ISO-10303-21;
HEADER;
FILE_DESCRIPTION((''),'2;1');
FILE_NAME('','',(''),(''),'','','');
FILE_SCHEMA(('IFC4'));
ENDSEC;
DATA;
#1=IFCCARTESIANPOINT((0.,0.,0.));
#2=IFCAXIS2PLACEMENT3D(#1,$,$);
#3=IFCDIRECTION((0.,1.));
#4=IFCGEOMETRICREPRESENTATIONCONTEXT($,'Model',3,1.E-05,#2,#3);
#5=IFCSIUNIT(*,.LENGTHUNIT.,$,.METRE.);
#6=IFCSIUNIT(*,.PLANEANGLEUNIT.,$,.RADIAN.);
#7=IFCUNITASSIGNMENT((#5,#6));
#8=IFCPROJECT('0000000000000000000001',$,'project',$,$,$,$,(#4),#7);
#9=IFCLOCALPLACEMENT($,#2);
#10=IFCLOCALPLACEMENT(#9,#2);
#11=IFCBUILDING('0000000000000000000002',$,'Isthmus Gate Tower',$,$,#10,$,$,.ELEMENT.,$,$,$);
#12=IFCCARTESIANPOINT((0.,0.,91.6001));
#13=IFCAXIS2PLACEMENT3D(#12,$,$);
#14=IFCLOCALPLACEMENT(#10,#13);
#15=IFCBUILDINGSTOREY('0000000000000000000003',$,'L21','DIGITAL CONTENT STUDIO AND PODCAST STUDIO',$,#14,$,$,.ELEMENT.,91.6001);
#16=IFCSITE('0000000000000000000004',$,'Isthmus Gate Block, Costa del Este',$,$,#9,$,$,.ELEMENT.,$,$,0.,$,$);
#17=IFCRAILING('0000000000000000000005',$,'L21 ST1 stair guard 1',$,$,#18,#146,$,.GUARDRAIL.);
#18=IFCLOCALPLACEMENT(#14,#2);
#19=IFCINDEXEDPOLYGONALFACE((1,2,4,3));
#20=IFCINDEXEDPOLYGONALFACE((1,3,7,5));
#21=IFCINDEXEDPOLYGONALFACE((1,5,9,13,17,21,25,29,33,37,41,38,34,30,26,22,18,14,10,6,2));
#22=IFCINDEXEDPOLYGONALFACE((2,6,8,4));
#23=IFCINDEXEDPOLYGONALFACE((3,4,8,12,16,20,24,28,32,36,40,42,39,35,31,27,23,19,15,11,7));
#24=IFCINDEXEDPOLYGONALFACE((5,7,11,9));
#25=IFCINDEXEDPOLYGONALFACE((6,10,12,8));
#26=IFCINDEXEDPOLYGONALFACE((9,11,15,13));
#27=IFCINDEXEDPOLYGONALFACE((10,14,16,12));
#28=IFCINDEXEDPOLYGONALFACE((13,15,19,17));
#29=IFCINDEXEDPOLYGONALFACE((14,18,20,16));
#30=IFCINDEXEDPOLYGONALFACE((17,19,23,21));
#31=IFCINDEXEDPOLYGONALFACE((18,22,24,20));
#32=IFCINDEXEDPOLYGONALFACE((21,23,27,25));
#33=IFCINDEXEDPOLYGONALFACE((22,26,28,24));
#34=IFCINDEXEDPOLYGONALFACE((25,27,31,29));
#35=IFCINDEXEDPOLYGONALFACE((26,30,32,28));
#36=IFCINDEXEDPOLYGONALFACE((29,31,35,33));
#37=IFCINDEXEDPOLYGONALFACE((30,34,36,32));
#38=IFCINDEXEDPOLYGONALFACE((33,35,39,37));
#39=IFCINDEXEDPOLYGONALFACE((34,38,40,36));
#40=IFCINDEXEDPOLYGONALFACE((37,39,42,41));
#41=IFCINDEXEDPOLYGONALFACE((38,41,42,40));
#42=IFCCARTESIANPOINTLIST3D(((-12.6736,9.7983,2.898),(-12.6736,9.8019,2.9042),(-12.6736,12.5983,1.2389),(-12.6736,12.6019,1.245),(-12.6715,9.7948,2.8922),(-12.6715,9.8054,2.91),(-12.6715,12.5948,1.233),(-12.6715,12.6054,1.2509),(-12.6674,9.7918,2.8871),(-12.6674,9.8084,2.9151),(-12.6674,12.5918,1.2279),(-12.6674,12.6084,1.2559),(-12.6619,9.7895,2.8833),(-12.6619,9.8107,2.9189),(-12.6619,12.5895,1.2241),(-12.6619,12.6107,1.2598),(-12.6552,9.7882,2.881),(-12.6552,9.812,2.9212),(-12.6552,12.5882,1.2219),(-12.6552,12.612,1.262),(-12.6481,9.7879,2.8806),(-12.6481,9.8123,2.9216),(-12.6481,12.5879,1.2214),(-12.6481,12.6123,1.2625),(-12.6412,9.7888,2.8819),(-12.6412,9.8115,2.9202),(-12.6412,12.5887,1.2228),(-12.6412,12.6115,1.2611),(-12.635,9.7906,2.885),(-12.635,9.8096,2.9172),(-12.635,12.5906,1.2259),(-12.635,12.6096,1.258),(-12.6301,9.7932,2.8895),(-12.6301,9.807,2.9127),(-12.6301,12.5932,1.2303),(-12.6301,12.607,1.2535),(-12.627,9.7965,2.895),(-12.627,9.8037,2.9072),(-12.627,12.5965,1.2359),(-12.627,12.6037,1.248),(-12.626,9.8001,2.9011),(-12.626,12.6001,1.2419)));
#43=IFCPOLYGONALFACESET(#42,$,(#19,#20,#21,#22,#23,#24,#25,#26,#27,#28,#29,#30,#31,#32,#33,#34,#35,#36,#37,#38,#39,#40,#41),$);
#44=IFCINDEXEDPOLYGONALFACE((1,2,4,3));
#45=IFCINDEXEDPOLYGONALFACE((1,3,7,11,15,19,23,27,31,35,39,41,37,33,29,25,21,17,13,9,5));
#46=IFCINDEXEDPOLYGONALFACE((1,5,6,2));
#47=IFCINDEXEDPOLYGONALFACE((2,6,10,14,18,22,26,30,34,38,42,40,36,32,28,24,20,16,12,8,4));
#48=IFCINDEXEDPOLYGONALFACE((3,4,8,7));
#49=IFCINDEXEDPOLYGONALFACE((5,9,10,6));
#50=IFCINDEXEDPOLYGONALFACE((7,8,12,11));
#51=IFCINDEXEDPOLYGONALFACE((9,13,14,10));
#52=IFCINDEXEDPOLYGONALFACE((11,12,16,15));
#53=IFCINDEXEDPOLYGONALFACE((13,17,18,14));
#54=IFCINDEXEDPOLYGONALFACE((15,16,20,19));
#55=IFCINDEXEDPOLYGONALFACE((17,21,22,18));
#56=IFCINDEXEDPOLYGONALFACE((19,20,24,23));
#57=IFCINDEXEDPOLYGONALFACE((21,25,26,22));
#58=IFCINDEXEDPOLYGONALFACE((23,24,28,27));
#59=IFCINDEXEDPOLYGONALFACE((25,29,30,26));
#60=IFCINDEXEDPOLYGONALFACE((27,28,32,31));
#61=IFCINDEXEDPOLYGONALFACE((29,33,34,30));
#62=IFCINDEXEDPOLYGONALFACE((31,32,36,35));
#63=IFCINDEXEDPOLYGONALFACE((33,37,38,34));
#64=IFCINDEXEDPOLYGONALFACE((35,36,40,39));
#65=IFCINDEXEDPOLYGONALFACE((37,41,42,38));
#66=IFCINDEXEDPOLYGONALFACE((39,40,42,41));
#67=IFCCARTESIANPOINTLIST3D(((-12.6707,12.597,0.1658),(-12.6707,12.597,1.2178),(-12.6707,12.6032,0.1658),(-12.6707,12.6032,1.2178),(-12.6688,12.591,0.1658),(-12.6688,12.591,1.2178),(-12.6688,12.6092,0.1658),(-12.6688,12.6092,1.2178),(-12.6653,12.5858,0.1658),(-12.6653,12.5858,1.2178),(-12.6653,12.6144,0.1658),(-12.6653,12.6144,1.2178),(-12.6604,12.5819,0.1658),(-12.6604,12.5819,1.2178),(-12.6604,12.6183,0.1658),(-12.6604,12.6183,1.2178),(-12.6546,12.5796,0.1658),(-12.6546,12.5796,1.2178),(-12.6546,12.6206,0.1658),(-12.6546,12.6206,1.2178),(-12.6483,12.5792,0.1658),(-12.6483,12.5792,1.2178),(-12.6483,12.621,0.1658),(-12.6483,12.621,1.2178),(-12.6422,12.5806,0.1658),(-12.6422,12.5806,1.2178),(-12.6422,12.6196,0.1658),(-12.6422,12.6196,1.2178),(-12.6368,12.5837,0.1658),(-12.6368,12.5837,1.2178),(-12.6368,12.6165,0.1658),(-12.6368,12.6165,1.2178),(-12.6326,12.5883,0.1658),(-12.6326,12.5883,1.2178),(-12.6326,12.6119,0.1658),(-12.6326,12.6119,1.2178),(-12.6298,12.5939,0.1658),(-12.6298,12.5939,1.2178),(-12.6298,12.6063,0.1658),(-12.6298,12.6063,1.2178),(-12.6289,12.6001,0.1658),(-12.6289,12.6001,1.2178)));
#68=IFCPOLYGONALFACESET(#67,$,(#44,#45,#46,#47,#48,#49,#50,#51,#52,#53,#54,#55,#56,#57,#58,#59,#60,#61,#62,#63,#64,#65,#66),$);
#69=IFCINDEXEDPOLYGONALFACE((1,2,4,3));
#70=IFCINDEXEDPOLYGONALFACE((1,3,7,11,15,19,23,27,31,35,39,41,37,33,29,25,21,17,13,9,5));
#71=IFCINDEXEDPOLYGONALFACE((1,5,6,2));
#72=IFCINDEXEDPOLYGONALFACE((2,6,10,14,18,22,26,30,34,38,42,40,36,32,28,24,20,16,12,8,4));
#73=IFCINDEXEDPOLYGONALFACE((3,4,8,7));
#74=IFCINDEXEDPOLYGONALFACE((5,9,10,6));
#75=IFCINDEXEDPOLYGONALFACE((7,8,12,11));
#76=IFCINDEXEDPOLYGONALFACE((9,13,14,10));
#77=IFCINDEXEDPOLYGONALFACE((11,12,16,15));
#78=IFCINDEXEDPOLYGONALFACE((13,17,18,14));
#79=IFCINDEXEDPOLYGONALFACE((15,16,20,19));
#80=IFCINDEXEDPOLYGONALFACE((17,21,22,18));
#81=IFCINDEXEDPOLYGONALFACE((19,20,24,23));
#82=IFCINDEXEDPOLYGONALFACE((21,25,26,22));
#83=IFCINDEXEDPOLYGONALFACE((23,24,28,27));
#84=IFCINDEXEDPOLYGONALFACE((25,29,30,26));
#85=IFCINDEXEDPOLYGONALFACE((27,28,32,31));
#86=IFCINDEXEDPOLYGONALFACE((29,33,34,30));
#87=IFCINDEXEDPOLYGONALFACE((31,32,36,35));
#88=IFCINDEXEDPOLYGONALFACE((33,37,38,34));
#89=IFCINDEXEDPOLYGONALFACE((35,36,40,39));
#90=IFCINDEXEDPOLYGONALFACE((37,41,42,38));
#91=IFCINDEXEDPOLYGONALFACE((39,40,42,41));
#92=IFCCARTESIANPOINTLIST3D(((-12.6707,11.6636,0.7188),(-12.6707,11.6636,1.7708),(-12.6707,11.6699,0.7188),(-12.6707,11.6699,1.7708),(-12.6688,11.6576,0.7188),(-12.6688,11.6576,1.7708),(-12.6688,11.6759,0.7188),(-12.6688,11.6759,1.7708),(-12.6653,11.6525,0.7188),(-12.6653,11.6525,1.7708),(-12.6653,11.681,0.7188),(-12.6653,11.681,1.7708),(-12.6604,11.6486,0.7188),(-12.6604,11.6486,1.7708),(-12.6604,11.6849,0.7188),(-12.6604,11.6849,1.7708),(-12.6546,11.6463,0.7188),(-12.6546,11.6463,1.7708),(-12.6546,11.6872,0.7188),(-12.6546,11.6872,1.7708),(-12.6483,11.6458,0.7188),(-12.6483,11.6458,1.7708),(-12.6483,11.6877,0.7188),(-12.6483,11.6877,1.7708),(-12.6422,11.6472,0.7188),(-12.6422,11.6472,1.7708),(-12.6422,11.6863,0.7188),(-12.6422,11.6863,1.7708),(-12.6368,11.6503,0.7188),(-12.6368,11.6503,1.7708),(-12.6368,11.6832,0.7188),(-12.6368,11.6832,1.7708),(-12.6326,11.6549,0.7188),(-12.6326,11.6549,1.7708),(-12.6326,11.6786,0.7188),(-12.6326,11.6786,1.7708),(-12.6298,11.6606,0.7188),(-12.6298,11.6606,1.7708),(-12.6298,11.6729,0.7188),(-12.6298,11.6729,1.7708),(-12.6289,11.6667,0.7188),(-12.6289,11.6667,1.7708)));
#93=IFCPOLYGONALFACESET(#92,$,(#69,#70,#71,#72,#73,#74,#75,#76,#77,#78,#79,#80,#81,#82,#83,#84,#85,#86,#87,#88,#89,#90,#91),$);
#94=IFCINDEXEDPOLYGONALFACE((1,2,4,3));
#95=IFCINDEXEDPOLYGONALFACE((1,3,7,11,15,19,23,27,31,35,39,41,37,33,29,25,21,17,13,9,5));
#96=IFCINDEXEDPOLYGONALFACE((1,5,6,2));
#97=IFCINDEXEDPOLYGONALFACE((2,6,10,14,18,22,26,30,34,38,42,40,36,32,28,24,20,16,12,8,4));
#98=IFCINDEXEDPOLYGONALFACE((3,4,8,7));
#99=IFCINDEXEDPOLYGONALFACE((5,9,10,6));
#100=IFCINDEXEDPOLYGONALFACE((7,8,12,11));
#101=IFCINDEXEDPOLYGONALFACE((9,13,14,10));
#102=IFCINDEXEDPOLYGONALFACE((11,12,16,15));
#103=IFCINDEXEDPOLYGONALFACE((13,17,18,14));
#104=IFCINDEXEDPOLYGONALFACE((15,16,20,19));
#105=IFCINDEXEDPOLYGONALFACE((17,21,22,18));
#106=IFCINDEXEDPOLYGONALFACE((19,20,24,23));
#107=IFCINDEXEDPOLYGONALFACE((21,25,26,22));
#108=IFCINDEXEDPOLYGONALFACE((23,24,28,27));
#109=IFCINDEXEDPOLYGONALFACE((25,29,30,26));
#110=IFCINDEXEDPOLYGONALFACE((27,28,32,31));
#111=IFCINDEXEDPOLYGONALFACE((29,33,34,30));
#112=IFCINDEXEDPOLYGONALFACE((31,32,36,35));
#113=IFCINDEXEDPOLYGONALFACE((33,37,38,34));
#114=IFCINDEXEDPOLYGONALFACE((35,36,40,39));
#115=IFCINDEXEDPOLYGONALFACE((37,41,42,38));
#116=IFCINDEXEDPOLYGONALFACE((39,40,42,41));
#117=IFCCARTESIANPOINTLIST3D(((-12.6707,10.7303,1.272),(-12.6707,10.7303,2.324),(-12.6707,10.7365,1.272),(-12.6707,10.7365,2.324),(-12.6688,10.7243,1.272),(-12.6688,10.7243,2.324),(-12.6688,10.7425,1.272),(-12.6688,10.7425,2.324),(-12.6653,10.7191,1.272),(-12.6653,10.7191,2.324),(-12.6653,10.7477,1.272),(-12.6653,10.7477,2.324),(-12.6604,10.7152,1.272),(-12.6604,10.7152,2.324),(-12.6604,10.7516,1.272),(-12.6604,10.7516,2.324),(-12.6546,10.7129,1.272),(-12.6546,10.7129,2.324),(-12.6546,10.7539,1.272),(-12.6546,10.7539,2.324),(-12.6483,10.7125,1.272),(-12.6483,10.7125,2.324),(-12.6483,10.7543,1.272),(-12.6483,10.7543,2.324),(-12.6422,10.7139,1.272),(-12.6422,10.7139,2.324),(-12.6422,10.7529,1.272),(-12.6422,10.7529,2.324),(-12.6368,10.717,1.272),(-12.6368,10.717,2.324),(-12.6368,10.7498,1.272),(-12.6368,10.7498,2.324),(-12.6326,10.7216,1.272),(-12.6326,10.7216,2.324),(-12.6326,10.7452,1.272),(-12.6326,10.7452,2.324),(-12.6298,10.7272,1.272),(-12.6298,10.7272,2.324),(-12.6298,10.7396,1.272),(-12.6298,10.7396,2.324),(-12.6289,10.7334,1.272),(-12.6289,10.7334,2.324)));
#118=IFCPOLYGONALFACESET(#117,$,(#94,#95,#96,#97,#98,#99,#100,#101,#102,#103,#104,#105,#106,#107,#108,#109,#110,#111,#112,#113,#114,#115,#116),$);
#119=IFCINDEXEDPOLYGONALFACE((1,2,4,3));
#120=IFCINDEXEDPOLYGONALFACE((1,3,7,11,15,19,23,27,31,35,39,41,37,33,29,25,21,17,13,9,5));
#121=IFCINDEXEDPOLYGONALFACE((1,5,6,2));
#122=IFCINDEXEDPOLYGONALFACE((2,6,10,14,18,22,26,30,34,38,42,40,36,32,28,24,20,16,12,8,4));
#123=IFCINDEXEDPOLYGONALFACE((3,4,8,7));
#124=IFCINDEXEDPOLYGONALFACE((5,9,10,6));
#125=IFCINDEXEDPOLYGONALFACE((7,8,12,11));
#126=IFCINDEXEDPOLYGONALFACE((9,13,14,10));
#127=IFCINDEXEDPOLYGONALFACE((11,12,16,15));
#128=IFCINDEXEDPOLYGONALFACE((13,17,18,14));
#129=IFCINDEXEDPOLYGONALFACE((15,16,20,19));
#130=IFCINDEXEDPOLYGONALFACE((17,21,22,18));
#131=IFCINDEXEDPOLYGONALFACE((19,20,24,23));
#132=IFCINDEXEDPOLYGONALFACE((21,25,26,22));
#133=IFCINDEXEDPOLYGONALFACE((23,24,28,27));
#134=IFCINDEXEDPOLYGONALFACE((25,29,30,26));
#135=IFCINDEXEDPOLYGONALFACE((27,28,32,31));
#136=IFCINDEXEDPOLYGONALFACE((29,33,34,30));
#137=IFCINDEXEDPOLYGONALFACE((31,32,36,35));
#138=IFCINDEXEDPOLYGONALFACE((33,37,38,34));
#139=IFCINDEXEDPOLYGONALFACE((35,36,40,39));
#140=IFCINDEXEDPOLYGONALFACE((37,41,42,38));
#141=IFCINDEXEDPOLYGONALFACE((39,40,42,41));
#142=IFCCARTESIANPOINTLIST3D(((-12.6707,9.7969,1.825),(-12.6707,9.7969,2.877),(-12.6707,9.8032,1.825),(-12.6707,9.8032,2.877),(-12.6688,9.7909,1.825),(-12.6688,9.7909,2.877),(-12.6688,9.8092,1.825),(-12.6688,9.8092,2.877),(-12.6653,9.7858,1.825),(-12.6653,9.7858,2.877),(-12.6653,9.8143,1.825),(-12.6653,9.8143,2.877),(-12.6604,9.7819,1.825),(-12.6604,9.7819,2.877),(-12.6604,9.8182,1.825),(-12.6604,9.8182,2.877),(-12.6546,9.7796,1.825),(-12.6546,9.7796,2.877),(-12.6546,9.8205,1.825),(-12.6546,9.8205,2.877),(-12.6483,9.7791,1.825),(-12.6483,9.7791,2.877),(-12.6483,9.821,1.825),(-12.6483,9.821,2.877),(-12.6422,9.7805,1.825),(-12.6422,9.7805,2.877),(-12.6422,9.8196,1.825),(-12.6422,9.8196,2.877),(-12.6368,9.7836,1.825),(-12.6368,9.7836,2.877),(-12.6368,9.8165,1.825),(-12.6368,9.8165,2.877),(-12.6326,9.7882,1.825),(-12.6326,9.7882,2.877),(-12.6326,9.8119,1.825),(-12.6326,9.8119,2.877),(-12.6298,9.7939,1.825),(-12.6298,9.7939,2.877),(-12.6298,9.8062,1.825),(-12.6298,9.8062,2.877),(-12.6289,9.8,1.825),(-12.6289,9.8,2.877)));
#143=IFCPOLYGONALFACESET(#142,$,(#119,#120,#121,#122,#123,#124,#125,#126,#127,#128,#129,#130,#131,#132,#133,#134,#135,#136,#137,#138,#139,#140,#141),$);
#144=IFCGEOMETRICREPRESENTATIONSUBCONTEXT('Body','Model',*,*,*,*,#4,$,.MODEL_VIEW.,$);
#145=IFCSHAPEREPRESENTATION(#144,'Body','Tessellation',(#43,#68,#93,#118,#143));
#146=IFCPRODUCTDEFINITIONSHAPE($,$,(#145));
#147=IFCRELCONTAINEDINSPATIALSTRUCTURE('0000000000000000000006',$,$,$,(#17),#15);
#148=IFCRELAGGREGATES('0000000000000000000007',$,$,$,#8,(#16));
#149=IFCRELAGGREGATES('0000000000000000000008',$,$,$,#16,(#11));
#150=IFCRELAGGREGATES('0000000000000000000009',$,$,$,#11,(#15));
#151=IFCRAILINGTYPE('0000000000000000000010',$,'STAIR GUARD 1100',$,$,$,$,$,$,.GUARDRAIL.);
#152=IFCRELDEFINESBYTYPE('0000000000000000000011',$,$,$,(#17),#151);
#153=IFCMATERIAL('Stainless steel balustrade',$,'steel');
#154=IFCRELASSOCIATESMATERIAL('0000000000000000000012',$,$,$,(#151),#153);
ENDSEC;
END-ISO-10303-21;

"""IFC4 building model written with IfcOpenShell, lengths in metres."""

from ifc_helpers import new_model, si_unit, direction, frame, origin, origin_2d, place, context, subcontext, project, spatial, circle, extrude, material, type_object, element, save


model = new_model("IFC4")

# Units and contexts
model_context = context("Model", 3, precision=1e-05, world=origin(), true_north=direction((0.0, 1.0)))
body_context = subcontext(model_context, "Body", "Model", "MODEL_VIEW")
ifc_project = project(units=[si_unit("LENGTHUNIT", "METRE"), si_unit("PLANEANGLEUNIT", "RADIAN")], contexts=[model_context])

# Site, building, storey
site_placement = place(None, origin())
site = spatial("IfcSite", under=ifc_project, at=site_placement, Name="Isthmus Gate Block, Costa del Este", CompositionType="ELEMENT", RefElevation=0.0)
building_placement = place(site_placement, origin())
building = spatial("IfcBuilding", under=site, at=building_placement, Name="Isthmus Gate Tower", CompositionType="ELEMENT")
storey_placement = place(building_placement, frame((0.0, 0.0, 91.6001)))
storey = spatial("IfcBuildingStorey", under=building, at=storey_placement, Name="L21", Description="DIGITAL CONTENT STUDIO AND PODCAST STUDIO", CompositionType="ELEMENT", Elevation=91.6001)

# Railing
ifc_material_1 = material(Name="Stainless steel balustrade", Category="steel")
railing_type_1 = type_object("IfcRailingType", Name="STAIR GUARD 1100", PredefinedType="GUARDRAIL", material=ifc_material_1)
railing_1_placement = place(storey_placement, frame((-12.6499, 12.6001, 0.1658)))
element("IfcRailing", 1, at=railing_1_placement, inside=storey, type_object=railing_type_1, Name="L21 ST1 stair guard 1", PredefinedType="GUARDRAIL", context=body_context, shape_type="SweptSolid", body=[
    extrude(circle(Radius=0.0239, at=origin_2d()), frame((0.0, 0.0, 1.0762), z_axis=(0.0, -0.860306, 0.509778), x_axis=(1.0, 0.0, 0.0)), (0.0, 0.0, 1.0), 3.2546),
    extrude(circle(Radius=0.021, at=origin_2d()), origin(), (0.0, 0.0, 1.0), 1.052),
    extrude(circle(Radius=0.021, at=origin_2d()), frame((0.0, -0.9333, 0.553)), (0.0, 0.0, 1.0), 1.052),
    extrude(circle(Radius=0.021, at=origin_2d()), frame((0.0, -1.8667, 1.1062)), (0.0, 0.0, 1.0), 1.052),
    extrude(circle(Radius=0.021, at=origin_2d()), frame((0.0, -2.8, 1.6592)), (0.0, 0.0, 1.0), 1.052),
])

save(model, "model.ifc")
